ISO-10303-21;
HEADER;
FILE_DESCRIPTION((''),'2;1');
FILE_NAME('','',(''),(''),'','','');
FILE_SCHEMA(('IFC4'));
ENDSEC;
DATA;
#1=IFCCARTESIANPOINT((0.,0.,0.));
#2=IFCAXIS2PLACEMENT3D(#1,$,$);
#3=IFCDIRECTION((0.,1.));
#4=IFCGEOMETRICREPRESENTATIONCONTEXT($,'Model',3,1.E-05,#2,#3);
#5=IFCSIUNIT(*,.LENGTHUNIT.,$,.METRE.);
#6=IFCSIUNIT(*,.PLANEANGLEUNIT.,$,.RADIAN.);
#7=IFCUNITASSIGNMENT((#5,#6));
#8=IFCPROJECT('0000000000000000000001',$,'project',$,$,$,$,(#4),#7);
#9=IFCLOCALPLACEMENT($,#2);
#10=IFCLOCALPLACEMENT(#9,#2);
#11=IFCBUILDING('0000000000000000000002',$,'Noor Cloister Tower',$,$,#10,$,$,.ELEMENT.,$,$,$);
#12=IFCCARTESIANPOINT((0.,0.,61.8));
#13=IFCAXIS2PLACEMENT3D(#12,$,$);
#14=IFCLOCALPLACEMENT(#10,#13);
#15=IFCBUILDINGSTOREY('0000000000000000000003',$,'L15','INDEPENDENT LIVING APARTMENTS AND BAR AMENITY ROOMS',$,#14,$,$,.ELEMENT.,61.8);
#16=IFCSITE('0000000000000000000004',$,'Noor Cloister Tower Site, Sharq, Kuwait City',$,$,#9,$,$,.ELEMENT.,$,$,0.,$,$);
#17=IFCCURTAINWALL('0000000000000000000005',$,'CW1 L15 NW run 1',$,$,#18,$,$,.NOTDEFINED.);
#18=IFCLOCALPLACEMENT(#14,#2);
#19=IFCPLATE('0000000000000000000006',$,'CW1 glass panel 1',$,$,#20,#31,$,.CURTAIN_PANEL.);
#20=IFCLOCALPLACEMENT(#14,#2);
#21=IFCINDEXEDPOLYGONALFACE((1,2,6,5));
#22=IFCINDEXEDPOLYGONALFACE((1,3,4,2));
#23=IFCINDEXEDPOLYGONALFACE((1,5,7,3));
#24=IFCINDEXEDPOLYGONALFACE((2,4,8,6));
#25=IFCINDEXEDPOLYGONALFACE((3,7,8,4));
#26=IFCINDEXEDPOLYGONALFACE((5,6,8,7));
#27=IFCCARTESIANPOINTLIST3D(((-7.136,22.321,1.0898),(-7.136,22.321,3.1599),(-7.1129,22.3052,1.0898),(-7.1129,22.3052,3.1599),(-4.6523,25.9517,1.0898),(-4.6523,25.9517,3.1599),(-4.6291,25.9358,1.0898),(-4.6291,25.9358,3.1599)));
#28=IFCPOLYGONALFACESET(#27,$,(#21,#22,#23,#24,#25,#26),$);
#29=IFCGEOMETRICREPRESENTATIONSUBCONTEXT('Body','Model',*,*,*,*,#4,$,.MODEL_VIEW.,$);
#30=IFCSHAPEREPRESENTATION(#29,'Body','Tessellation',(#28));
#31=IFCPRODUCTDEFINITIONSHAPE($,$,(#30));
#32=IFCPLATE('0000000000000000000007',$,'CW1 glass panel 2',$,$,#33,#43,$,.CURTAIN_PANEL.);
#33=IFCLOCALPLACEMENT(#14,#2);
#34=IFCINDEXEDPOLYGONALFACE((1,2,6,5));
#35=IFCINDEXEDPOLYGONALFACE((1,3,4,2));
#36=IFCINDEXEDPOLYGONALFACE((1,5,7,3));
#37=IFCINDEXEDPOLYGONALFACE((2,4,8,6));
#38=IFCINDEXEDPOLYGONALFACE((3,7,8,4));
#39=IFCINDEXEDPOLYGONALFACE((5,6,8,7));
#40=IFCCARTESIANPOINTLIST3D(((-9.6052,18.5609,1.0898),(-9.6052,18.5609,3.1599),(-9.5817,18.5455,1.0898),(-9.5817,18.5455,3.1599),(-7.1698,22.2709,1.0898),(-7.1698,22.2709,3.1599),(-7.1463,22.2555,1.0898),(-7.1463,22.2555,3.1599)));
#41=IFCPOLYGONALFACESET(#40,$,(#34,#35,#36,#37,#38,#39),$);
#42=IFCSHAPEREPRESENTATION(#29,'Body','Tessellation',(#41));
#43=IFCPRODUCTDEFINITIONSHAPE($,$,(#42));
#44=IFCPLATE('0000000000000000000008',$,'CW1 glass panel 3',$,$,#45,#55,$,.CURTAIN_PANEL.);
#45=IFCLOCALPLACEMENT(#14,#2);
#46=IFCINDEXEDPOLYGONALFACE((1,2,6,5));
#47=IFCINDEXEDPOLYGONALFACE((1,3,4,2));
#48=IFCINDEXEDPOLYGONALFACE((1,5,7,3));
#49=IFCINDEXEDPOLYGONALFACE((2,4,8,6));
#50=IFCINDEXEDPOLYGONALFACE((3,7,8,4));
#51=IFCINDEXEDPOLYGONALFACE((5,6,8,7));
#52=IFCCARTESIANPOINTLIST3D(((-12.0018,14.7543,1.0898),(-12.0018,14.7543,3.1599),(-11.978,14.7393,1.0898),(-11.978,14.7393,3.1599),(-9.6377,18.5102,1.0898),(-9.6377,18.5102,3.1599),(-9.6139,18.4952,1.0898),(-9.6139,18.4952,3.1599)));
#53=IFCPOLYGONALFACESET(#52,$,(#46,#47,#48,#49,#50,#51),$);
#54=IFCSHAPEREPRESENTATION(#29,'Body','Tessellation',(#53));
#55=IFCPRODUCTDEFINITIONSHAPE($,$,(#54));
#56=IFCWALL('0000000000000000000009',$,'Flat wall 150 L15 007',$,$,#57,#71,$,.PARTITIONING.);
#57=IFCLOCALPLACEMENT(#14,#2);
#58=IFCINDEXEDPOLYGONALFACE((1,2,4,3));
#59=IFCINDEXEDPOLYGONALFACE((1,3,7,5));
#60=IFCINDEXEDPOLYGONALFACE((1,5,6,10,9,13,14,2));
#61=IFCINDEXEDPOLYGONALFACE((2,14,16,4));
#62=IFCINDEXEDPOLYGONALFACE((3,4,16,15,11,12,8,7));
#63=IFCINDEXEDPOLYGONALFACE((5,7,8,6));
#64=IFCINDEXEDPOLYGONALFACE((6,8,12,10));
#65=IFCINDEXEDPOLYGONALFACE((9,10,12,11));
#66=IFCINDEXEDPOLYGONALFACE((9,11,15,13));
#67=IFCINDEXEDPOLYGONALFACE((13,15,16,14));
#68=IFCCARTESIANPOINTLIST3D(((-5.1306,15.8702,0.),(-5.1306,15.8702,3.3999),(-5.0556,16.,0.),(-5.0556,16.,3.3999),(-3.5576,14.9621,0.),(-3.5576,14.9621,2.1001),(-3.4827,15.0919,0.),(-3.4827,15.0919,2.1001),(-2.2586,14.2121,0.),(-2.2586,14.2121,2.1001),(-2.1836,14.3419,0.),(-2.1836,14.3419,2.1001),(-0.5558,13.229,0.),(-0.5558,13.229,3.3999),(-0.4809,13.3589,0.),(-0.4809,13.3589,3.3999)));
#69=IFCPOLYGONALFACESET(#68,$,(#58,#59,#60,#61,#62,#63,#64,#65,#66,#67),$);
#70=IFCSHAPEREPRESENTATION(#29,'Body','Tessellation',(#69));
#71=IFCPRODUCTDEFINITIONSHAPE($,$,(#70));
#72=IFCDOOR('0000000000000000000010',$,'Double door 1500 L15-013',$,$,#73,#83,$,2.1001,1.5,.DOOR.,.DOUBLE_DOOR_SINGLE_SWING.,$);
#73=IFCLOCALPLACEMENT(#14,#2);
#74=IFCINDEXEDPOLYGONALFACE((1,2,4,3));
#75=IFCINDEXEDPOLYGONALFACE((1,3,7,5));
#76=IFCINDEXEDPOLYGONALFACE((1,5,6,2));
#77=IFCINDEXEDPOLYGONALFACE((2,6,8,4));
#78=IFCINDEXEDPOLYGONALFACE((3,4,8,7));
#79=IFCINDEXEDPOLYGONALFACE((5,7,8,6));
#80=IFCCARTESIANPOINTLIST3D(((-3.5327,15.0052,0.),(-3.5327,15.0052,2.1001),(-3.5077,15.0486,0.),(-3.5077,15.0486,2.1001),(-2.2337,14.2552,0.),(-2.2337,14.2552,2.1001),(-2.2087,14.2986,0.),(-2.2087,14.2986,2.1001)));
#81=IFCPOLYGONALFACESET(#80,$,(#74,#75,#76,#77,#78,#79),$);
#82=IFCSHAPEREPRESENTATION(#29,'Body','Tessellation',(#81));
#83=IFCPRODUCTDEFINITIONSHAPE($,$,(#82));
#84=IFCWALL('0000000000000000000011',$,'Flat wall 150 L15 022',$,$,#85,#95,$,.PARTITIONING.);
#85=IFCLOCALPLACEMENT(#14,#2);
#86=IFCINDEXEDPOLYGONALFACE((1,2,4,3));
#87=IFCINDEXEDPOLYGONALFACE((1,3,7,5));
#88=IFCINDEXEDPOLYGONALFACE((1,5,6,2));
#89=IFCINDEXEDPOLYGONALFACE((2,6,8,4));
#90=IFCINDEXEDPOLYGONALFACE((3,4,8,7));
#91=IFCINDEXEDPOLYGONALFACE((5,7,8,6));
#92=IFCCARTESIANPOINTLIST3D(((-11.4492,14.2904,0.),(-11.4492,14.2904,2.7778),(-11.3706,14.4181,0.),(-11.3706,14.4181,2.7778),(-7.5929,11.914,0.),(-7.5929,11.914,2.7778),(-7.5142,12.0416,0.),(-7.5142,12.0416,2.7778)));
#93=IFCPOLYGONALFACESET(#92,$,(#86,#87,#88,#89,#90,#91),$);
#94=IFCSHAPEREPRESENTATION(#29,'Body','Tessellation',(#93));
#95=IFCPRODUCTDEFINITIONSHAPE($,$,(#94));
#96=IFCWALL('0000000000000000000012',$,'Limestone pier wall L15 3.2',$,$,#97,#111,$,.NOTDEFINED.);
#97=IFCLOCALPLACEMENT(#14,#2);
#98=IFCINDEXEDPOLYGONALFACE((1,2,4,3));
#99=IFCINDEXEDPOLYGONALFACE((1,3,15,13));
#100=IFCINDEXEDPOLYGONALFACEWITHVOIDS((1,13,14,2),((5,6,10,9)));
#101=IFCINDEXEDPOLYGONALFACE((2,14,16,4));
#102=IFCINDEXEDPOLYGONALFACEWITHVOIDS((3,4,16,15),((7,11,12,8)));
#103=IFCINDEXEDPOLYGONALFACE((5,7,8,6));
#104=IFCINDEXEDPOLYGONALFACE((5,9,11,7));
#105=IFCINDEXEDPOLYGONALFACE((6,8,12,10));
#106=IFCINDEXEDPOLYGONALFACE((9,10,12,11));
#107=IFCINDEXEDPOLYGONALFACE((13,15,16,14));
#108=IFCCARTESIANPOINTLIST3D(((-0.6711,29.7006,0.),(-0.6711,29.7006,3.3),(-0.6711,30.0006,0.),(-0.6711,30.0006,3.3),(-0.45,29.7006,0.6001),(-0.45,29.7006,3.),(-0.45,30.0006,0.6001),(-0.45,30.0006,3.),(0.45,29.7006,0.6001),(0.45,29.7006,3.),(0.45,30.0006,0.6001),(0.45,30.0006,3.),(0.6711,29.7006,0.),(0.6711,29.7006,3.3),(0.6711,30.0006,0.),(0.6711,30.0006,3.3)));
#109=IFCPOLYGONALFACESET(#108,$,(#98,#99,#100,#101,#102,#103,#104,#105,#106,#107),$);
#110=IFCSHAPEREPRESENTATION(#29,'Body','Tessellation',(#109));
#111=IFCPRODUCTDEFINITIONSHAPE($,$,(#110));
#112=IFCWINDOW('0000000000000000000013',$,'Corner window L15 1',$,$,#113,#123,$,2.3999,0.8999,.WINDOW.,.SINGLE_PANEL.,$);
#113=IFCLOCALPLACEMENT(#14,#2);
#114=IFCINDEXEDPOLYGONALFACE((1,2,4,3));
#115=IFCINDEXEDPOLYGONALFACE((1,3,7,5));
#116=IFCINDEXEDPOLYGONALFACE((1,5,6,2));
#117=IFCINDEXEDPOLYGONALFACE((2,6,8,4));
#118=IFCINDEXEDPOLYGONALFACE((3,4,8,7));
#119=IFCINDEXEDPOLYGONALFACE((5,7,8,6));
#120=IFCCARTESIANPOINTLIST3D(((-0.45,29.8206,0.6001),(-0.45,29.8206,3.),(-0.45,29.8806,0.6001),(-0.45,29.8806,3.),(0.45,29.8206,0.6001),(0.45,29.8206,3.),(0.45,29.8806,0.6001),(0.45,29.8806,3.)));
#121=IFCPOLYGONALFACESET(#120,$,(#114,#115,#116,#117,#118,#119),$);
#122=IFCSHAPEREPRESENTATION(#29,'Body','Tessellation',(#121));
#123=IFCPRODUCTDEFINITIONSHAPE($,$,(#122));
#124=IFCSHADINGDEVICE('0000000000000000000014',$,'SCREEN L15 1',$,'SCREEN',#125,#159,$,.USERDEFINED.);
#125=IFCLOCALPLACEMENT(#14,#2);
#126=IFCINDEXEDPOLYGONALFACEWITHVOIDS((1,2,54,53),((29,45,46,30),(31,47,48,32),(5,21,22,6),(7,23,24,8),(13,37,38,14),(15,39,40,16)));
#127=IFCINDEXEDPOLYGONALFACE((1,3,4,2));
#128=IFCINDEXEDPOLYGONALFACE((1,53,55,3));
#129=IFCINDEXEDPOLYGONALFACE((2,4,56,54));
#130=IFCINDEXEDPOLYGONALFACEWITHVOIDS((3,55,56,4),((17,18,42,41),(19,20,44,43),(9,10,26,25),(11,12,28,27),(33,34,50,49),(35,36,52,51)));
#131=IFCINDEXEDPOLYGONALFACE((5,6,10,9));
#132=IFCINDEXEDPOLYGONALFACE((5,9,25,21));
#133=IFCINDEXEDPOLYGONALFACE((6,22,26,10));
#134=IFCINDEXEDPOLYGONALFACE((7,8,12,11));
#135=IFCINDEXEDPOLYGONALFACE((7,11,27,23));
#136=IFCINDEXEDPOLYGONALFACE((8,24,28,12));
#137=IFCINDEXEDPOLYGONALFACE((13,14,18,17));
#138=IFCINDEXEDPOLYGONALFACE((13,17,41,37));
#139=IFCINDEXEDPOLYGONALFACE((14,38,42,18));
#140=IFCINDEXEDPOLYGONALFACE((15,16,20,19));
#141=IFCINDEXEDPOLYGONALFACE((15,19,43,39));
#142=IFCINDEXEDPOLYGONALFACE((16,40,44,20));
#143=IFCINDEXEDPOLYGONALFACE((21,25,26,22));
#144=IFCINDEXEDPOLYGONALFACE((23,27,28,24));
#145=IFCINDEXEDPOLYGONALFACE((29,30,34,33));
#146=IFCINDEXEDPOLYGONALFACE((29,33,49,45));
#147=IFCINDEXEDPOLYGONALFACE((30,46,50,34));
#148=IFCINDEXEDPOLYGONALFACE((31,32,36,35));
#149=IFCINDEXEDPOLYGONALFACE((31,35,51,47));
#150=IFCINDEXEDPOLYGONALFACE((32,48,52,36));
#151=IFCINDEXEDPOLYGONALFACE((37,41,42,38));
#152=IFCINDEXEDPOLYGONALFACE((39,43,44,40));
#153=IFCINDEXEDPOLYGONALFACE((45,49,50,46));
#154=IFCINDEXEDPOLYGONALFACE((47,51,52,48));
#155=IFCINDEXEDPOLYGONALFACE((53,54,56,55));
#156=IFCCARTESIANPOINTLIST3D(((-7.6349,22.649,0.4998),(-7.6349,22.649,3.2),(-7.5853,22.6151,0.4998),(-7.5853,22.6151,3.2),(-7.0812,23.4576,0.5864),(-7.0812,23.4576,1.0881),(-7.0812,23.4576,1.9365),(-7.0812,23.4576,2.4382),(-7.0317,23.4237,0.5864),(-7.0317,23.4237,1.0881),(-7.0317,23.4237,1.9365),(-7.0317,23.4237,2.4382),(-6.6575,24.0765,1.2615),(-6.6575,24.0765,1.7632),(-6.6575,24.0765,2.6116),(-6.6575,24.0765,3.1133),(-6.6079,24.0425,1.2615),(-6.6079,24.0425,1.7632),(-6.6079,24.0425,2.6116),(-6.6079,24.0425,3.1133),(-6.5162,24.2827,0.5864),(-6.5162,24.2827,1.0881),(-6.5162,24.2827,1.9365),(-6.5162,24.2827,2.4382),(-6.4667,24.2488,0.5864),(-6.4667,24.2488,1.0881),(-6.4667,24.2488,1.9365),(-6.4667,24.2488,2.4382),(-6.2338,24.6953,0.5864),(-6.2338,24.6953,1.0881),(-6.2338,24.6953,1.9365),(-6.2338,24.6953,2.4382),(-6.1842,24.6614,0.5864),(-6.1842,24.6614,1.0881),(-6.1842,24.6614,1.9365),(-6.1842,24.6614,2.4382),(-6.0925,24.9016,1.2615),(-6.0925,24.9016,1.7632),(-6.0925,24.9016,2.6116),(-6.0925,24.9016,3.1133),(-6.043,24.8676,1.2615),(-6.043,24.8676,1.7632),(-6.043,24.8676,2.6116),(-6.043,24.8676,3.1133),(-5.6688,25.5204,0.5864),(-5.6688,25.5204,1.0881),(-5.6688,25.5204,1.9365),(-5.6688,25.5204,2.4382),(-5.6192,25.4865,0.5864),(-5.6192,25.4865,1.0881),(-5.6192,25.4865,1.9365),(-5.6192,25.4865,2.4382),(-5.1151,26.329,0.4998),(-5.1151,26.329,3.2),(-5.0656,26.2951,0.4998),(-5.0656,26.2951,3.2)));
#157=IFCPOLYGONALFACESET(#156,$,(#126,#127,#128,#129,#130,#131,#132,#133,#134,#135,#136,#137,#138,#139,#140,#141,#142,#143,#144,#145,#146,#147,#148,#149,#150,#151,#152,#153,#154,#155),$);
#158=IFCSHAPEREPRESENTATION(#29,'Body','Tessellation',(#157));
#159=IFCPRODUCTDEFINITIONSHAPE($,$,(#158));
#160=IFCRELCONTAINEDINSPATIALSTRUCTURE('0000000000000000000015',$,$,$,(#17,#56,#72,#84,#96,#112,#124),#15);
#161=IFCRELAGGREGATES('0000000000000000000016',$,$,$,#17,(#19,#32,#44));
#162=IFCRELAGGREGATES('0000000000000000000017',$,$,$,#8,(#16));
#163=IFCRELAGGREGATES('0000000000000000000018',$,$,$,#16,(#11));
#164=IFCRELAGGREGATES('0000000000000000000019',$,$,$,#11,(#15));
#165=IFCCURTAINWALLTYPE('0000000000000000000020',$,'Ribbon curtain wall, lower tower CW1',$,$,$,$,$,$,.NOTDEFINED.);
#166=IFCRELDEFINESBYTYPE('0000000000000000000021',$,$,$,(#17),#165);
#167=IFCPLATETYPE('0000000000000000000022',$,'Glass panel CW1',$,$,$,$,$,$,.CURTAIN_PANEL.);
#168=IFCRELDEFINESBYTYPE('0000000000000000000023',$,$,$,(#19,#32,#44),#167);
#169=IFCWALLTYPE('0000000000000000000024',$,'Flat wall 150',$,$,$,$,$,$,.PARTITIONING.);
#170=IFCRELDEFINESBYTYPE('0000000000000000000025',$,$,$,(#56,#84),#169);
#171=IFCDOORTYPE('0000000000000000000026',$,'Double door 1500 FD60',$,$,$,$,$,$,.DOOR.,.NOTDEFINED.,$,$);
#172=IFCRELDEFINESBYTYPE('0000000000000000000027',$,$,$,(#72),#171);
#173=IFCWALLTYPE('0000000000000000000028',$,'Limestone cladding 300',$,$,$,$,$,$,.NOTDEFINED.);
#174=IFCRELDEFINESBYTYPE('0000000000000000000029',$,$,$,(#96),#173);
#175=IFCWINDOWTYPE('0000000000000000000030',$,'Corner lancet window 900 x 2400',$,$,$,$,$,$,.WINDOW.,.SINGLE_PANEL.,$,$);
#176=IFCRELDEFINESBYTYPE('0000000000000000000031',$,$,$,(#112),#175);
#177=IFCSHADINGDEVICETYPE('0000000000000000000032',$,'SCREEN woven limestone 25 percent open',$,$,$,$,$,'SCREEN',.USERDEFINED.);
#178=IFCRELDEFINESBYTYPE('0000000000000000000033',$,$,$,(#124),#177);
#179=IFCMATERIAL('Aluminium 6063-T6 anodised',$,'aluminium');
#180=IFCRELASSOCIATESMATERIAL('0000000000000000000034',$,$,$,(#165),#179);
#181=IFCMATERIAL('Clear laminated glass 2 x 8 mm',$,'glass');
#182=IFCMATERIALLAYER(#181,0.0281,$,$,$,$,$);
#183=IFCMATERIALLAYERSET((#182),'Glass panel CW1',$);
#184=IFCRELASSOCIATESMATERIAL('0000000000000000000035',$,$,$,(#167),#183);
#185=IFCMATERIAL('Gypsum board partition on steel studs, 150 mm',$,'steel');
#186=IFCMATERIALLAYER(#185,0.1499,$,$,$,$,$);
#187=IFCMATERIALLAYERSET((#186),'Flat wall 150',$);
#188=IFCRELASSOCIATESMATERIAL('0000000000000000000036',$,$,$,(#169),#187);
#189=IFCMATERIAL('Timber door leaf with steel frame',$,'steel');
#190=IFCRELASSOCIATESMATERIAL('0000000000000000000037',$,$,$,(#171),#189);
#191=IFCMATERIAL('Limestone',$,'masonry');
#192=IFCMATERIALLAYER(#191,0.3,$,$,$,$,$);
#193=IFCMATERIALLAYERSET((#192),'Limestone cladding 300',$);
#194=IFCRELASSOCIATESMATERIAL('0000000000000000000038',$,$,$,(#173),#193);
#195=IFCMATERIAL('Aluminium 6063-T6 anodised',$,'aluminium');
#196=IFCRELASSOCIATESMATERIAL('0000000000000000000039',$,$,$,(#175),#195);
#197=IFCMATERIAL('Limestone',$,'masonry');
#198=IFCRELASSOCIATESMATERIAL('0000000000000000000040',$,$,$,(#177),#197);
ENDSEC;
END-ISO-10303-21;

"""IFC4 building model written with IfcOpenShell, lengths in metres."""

from ifc_helpers import new_model, si_unit, direction, frame, frame_2d, origin, origin_2d, place, context, subcontext, project, spatial, polyline, rectangle, outline, extrude, material, layer, layer_set, material_profile, profile_set, type_object, element, fill, aggregate, save


model = new_model("IFC4")

# Units and contexts
model_context = context("Model", 3, precision=1e-05, world=origin(), true_north=direction((0.0, 1.0)))
body_context = subcontext(model_context, "Body", "Model", "MODEL_VIEW")
ifc_project = project(units=[si_unit("LENGTHUNIT", "METRE"), si_unit("PLANEANGLEUNIT", "RADIAN")], contexts=[model_context])

# Site, building, storey
site_placement = place(None, origin())
site = spatial("IfcSite", under=ifc_project, at=site_placement, Name="Noor Cloister Tower Site, Sharq, Kuwait City", CompositionType="ELEMENT", RefElevation=0.0)
building_placement = place(site_placement, origin())
building = spatial("IfcBuilding", under=site, at=building_placement, Name="Noor Cloister Tower", CompositionType="ELEMENT")
storey_placement = place(building_placement, frame((0.0, 0.0, 61.8)))
storey = spatial("IfcBuildingStorey", under=building, at=storey_placement, Name="L15", Description="INDEPENDENT LIVING APARTMENTS AND BAR AMENITY ROOMS", CompositionType="ELEMENT", Elevation=61.8)

# Curtain wall
ifc_material_1 = material(Name="Aluminium 6063-T6 anodised", Category="aluminium")
curtain_wall_type = type_object("IfcCurtainWallType", Name="Ribbon curtain wall, lower tower CW1", PredefinedType="NOTDEFINED", material=ifc_material_1)
curtain_wall_placement = place(storey_placement, origin())
curtain_wall = element("IfcCurtainWall", 1, at=curtain_wall_placement, inside=storey, type_object=curtain_wall_type, Name="CW1 L15 NW run 1", PredefinedType="NOTDEFINED")

# Plates
ifc_material_2 = material(Name="Clear laminated glass 2 x 8 mm", Category="glass")
ifc_layer_1 = layer(ifc_material_2, 0.0281)
ifc_layer_set_1 = layer_set([ifc_layer_1], Name="Glass panel CW1")
plate_type = type_object("IfcPlateType", Name="Glass panel CW1", PredefinedType="CURTAIN_PANEL", material=ifc_layer_set_1)
plate_1_placement = place(storey_placement, frame((-5.8826, 24.1284, 1.0898), z_axis=(0.0, 0.0, 1.0), x_axis=(-0.564629, -0.825345, 0.0)))
plate_1 = element("IfcPlate", 2, at=plate_1_placement, type_object=plate_type, Name="CW1 glass panel 1", PredefinedType="CURTAIN_PANEL", context=body_context, shape_type="SweptSolid", body=[
    extrude(rectangle(XDim=4.3989, YDim=0.0281, at=origin_2d()), origin(), (0.0, 0.0, 1.0), 2.0701),
])
plate_2_placement = place(storey_placement, frame((-8.3757, 20.4082, 1.0898), z_axis=(0.0, 0.0, 1.0), x_axis=(-0.548766, -0.835976, 0.0)))
plate_2 = element("IfcPlate", 3, at=plate_2_placement, type_object=plate_type, Name="CW1 glass panel 2", PredefinedType="CURTAIN_PANEL", context=body_context, shape_type="SweptSolid", body=[
    extrude(rectangle(XDim=4.438, YDim=0.0281, at=origin_2d()), origin(), (0.0, 0.0, 1.0), 2.0701),
])
plate_3_placement = place(storey_placement, frame((-10.8079, 16.6248, 1.0898), z_axis=(0.0, 0.0, 1.0), x_axis=(-0.532703, -0.846302, 0.0)))
plate_3 = element("IfcPlate", 4, at=plate_3_placement, type_object=plate_type, Name="CW1 glass panel 3", PredefinedType="CURTAIN_PANEL", context=body_context, shape_type="SweptSolid", body=[
    extrude(rectangle(XDim=4.438, YDim=0.0281, at=origin_2d()), origin(), (0.0, 0.0, 1.0), 2.0701),
])
aggregate(curtain_wall, [plate_1, plate_2, plate_3])

# Wall, opening, door
ifc_material_3 = material(Name="Gypsum board partition on steel studs, 150 mm", Category="steel")
ifc_layer_2 = layer(ifc_material_3, 0.1499)
ifc_layer_set_2 = layer_set([ifc_layer_2], Name="Flat wall 150")
wall_type_1 = type_object("IfcWallType", Name="Flat wall 150", PredefinedType="PARTITIONING", material=ifc_layer_set_2)
wall_1_placement = place(storey_placement, frame((-5.093, 15.9351, 0.0), z_axis=(0.0, 0.0, 1.0), x_axis=(0.866033, -0.499987, 0.0)))
wall_1 = element("IfcWall", 5, at=wall_1_placement, inside=storey, type_object=wall_type_1, Name="Flat wall 150 L15 007", PredefinedType="PARTITIONING", context=body_context, shape_type="SweptSolid", body=[
    extrude(rectangle(XDim=5.2825, YDim=0.1499, at=frame_2d((2.6411, 0.0))), origin(), (0.0, 0.0, 1.0), 3.3999),
])
opening_1_placement = place(wall_1_placement, frame((1.8162, 0.0, 0.0)))
opening_1 = element("IfcOpeningElement", 6, at=opening_1_placement, cuts=wall_1, PredefinedType="OPENING", context=body_context, shape_type="SweptSolid", body=[
    extrude(rectangle(XDim=1.5, YDim=2.1001, at=frame_2d((0.75, 1.05))), frame((0.0, 0.085, 0.0), z_axis=(0.0, -1.0, 0.0), x_axis=(1.0, 0.0, 0.0)), (0.0, 0.0, 1.0), 0.1699),
])
ifc_material_4 = material(Name="Timber door leaf with steel frame", Category="steel")
door_type = type_object("IfcDoorType", Name="Double door 1500 FD60", OperationType="NOTDEFINED", PredefinedType="DOOR", material=ifc_material_4)
door_placement = place(opening_1_placement, origin())
door = element("IfcDoor", 7, at=door_placement, inside=storey, type_object=door_type, Name="Double door 1500 L15-013", OperationType="DOUBLE_DOOR_SINGLE_SWING", OverallHeight=2.1001, OverallWidth=1.5, PredefinedType="DOOR", context=body_context, shape_type="SweptSolid", body=[
    extrude(rectangle(XDim=1.5, YDim=2.1001, at=frame_2d((0.75, 1.05))), frame((0.0, 0.0249, 0.0), z_axis=(0.0, -1.0, 0.0), x_axis=(1.0, 0.0, 0.0)), (0.0, 0.0, 1.0), 0.05),
])
fill(opening_1, door)

# Wall
wall_2_placement = place(storey_placement, frame((-11.4099, 14.3542, 0.0), z_axis=(0.0, 0.0, 1.0), x_axis=(0.851336, -0.524621, 0.0)))
element("IfcWall", 8, at=wall_2_placement, inside=storey, type_object=wall_type_1, Name="Flat wall 150 L15 022", PredefinedType="PARTITIONING", context=body_context, shape_type="SweptSolid", body=[
    extrude(rectangle(XDim=4.5298, YDim=0.1499, at=frame_2d((2.2649, 0.0))), origin(), (0.0, 0.0, 1.0), 2.7778),
])

# Wall, opening, window
ifc_material_5 = material(Name="Limestone", Category="masonry")
ifc_layer_3 = layer(ifc_material_5, 0.3)
ifc_layer_set_3 = layer_set([ifc_layer_3], Name="Limestone cladding 300")
wall_type_2 = type_object("IfcWallType", Name="Limestone cladding 300", PredefinedType="NOTDEFINED", material=ifc_layer_set_3)
wall_3_placement = place(storey_placement, frame((-0.6711, 29.8506, 0.0), z_axis=(0.0, 0.0, 1.0), x_axis=(1.0, 0.0, 0.0)))
wall_3 = element("IfcWall", 9, at=wall_3_placement, inside=storey, type_object=wall_type_2, Name="Limestone pier wall L15 3.2", PredefinedType="NOTDEFINED", context=body_context, shape_type="SweptSolid", body=[
    extrude(rectangle(XDim=1.3423, YDim=0.3, at=frame_2d((0.6711, 0.0))), origin(), (0.0, 0.0, 1.0), 3.3),
])
opening_2_placement = place(wall_3_placement, frame((0.2212, 0.0, 0.6001)))
opening_2 = element("IfcOpeningElement", 10, at=opening_2_placement, cuts=wall_3, PredefinedType="OPENING", context=body_context, shape_type="SweptSolid", body=[
    extrude(rectangle(XDim=0.8999, YDim=2.3999, at=frame_2d((0.45, 1.2))), frame((0.0, 0.1602, 0.0), z_axis=(0.0, -1.0, 0.0), x_axis=(1.0, 0.0, 0.0)), (0.0, 0.0, 1.0), 0.3201),
])
ifc_material_6 = material(Name="Aluminium 6063-T6 anodised", Category="aluminium")
window_type = type_object("IfcWindowType", Name="Corner lancet window 900 x 2400", PartitioningType="SINGLE_PANEL", PredefinedType="WINDOW", material=ifc_material_6)
window_placement = place(opening_2_placement, origin())
window = element("IfcWindow", 11, at=window_placement, inside=storey, type_object=window_type, Name="Corner window L15 1", OverallHeight=2.3999, OverallWidth=0.8999, PartitioningType="SINGLE_PANEL", PredefinedType="WINDOW", context=body_context, shape_type="SweptSolid", body=[
    extrude(rectangle(XDim=0.8999, YDim=2.3999, at=frame_2d((0.45, 1.2))), frame((0.0, 0.03, 0.0), z_axis=(0.0, -1.0, 0.0), x_axis=(1.0, 0.0, 0.0)), (0.0, 0.0, 1.0), 0.0601),
])
fill(opening_2, window)

# Shading device
ifc_material_7 = material(Name="Limestone", Category="masonry")
ifc_material_profile_1 = material_profile(ifc_material_7, outline(polyline([(-2.23, -1.3501), (2.23, -1.3501), (2.23, 1.3501), (-2.23, 1.3501), (-2.23, -1.3501)]), holes=[polyline([(-1.25, -1.2634), (-0.25, -1.2634), (-0.25, -0.7617), (-1.25, -0.7617), (-1.25, -1.2634)]), polyline([(0.25, -1.2634), (1.25, -1.2634), (1.25, -0.7617), (0.25, -0.7617), (0.25, -1.2634)]), polyline([(-0.5, -0.5884), (0.5, -0.5884), (0.5, -0.0867), (-0.5, -0.0867), (-0.5, -0.5884)]), polyline([(-1.25, 0.0867), (-0.25, 0.0867), (-0.25, 0.5884), (-1.25, 0.5884), (-1.25, 0.0867)]), polyline([(0.25, 0.0867), (1.25, 0.0867), (1.25, 0.5884), (0.25, 0.5884), (0.25, 0.0867)]), polyline([(-0.5, 0.7617), (0.5, 0.7617), (0.5, 1.2634), (-0.5, 1.2634), (-0.5, 0.7617)])]), Name="Woven screen 25 percent open")
ifc_profile_set_1 = profile_set([ifc_material_profile_1], Name="Limestone")
shading_device_type = type_object("IfcShadingDeviceType", Name="SCREEN woven limestone 25 percent open", ElementType="SCREEN", PredefinedType="USERDEFINED", material=ifc_profile_set_1)
shading_device_1_placement = place(storey_placement, frame((-6.3254, 24.4551, 1.8499), z_axis=(-0.825108, 0.564975, 0.0), x_axis=(-0.564975, -0.825108, 0.0)))
element("IfcShadingDevice", 12, at=shading_device_1_placement, inside=storey, type_object=shading_device_type, Name="SCREEN L15 1", ObjectType="SCREEN", PredefinedType="USERDEFINED", context=body_context, shape_type="SweptSolid", body=[
    extrude(outline(polyline([(-2.23, -1.3501), (2.23, -1.3501), (2.23, 1.3501), (-2.23, 1.3501), (-2.23, -1.3501)]), holes=[polyline([(-1.25, -1.2634), (-0.25, -1.2634), (-0.25, -0.7617), (-1.25, -0.7617), (-1.25, -1.2634)]), polyline([(0.25, -1.2634), (1.25, -1.2634), (1.25, -0.7617), (0.25, -0.7617), (0.25, -1.2634)]), polyline([(-0.5, -0.5884), (0.5, -0.5884), (0.5, -0.0867), (-0.5, -0.0867), (-0.5, -0.5884)]), polyline([(-1.25, 0.0867), (-0.25, 0.0867), (-0.25, 0.5884), (-1.25, 0.5884), (-1.25, 0.0867)]), polyline([(0.25, 0.0867), (1.25, 0.0867), (1.25, 0.5884), (0.25, 0.5884), (0.25, 0.0867)]), polyline([(-0.5, 0.7617), (0.5, 0.7617), (0.5, 1.2634), (-0.5, 1.2634), (-0.5, 0.7617)])]), origin(), (0.0, 0.0, 1.0), 0.0601),
])

save(model, "model.ifc")
